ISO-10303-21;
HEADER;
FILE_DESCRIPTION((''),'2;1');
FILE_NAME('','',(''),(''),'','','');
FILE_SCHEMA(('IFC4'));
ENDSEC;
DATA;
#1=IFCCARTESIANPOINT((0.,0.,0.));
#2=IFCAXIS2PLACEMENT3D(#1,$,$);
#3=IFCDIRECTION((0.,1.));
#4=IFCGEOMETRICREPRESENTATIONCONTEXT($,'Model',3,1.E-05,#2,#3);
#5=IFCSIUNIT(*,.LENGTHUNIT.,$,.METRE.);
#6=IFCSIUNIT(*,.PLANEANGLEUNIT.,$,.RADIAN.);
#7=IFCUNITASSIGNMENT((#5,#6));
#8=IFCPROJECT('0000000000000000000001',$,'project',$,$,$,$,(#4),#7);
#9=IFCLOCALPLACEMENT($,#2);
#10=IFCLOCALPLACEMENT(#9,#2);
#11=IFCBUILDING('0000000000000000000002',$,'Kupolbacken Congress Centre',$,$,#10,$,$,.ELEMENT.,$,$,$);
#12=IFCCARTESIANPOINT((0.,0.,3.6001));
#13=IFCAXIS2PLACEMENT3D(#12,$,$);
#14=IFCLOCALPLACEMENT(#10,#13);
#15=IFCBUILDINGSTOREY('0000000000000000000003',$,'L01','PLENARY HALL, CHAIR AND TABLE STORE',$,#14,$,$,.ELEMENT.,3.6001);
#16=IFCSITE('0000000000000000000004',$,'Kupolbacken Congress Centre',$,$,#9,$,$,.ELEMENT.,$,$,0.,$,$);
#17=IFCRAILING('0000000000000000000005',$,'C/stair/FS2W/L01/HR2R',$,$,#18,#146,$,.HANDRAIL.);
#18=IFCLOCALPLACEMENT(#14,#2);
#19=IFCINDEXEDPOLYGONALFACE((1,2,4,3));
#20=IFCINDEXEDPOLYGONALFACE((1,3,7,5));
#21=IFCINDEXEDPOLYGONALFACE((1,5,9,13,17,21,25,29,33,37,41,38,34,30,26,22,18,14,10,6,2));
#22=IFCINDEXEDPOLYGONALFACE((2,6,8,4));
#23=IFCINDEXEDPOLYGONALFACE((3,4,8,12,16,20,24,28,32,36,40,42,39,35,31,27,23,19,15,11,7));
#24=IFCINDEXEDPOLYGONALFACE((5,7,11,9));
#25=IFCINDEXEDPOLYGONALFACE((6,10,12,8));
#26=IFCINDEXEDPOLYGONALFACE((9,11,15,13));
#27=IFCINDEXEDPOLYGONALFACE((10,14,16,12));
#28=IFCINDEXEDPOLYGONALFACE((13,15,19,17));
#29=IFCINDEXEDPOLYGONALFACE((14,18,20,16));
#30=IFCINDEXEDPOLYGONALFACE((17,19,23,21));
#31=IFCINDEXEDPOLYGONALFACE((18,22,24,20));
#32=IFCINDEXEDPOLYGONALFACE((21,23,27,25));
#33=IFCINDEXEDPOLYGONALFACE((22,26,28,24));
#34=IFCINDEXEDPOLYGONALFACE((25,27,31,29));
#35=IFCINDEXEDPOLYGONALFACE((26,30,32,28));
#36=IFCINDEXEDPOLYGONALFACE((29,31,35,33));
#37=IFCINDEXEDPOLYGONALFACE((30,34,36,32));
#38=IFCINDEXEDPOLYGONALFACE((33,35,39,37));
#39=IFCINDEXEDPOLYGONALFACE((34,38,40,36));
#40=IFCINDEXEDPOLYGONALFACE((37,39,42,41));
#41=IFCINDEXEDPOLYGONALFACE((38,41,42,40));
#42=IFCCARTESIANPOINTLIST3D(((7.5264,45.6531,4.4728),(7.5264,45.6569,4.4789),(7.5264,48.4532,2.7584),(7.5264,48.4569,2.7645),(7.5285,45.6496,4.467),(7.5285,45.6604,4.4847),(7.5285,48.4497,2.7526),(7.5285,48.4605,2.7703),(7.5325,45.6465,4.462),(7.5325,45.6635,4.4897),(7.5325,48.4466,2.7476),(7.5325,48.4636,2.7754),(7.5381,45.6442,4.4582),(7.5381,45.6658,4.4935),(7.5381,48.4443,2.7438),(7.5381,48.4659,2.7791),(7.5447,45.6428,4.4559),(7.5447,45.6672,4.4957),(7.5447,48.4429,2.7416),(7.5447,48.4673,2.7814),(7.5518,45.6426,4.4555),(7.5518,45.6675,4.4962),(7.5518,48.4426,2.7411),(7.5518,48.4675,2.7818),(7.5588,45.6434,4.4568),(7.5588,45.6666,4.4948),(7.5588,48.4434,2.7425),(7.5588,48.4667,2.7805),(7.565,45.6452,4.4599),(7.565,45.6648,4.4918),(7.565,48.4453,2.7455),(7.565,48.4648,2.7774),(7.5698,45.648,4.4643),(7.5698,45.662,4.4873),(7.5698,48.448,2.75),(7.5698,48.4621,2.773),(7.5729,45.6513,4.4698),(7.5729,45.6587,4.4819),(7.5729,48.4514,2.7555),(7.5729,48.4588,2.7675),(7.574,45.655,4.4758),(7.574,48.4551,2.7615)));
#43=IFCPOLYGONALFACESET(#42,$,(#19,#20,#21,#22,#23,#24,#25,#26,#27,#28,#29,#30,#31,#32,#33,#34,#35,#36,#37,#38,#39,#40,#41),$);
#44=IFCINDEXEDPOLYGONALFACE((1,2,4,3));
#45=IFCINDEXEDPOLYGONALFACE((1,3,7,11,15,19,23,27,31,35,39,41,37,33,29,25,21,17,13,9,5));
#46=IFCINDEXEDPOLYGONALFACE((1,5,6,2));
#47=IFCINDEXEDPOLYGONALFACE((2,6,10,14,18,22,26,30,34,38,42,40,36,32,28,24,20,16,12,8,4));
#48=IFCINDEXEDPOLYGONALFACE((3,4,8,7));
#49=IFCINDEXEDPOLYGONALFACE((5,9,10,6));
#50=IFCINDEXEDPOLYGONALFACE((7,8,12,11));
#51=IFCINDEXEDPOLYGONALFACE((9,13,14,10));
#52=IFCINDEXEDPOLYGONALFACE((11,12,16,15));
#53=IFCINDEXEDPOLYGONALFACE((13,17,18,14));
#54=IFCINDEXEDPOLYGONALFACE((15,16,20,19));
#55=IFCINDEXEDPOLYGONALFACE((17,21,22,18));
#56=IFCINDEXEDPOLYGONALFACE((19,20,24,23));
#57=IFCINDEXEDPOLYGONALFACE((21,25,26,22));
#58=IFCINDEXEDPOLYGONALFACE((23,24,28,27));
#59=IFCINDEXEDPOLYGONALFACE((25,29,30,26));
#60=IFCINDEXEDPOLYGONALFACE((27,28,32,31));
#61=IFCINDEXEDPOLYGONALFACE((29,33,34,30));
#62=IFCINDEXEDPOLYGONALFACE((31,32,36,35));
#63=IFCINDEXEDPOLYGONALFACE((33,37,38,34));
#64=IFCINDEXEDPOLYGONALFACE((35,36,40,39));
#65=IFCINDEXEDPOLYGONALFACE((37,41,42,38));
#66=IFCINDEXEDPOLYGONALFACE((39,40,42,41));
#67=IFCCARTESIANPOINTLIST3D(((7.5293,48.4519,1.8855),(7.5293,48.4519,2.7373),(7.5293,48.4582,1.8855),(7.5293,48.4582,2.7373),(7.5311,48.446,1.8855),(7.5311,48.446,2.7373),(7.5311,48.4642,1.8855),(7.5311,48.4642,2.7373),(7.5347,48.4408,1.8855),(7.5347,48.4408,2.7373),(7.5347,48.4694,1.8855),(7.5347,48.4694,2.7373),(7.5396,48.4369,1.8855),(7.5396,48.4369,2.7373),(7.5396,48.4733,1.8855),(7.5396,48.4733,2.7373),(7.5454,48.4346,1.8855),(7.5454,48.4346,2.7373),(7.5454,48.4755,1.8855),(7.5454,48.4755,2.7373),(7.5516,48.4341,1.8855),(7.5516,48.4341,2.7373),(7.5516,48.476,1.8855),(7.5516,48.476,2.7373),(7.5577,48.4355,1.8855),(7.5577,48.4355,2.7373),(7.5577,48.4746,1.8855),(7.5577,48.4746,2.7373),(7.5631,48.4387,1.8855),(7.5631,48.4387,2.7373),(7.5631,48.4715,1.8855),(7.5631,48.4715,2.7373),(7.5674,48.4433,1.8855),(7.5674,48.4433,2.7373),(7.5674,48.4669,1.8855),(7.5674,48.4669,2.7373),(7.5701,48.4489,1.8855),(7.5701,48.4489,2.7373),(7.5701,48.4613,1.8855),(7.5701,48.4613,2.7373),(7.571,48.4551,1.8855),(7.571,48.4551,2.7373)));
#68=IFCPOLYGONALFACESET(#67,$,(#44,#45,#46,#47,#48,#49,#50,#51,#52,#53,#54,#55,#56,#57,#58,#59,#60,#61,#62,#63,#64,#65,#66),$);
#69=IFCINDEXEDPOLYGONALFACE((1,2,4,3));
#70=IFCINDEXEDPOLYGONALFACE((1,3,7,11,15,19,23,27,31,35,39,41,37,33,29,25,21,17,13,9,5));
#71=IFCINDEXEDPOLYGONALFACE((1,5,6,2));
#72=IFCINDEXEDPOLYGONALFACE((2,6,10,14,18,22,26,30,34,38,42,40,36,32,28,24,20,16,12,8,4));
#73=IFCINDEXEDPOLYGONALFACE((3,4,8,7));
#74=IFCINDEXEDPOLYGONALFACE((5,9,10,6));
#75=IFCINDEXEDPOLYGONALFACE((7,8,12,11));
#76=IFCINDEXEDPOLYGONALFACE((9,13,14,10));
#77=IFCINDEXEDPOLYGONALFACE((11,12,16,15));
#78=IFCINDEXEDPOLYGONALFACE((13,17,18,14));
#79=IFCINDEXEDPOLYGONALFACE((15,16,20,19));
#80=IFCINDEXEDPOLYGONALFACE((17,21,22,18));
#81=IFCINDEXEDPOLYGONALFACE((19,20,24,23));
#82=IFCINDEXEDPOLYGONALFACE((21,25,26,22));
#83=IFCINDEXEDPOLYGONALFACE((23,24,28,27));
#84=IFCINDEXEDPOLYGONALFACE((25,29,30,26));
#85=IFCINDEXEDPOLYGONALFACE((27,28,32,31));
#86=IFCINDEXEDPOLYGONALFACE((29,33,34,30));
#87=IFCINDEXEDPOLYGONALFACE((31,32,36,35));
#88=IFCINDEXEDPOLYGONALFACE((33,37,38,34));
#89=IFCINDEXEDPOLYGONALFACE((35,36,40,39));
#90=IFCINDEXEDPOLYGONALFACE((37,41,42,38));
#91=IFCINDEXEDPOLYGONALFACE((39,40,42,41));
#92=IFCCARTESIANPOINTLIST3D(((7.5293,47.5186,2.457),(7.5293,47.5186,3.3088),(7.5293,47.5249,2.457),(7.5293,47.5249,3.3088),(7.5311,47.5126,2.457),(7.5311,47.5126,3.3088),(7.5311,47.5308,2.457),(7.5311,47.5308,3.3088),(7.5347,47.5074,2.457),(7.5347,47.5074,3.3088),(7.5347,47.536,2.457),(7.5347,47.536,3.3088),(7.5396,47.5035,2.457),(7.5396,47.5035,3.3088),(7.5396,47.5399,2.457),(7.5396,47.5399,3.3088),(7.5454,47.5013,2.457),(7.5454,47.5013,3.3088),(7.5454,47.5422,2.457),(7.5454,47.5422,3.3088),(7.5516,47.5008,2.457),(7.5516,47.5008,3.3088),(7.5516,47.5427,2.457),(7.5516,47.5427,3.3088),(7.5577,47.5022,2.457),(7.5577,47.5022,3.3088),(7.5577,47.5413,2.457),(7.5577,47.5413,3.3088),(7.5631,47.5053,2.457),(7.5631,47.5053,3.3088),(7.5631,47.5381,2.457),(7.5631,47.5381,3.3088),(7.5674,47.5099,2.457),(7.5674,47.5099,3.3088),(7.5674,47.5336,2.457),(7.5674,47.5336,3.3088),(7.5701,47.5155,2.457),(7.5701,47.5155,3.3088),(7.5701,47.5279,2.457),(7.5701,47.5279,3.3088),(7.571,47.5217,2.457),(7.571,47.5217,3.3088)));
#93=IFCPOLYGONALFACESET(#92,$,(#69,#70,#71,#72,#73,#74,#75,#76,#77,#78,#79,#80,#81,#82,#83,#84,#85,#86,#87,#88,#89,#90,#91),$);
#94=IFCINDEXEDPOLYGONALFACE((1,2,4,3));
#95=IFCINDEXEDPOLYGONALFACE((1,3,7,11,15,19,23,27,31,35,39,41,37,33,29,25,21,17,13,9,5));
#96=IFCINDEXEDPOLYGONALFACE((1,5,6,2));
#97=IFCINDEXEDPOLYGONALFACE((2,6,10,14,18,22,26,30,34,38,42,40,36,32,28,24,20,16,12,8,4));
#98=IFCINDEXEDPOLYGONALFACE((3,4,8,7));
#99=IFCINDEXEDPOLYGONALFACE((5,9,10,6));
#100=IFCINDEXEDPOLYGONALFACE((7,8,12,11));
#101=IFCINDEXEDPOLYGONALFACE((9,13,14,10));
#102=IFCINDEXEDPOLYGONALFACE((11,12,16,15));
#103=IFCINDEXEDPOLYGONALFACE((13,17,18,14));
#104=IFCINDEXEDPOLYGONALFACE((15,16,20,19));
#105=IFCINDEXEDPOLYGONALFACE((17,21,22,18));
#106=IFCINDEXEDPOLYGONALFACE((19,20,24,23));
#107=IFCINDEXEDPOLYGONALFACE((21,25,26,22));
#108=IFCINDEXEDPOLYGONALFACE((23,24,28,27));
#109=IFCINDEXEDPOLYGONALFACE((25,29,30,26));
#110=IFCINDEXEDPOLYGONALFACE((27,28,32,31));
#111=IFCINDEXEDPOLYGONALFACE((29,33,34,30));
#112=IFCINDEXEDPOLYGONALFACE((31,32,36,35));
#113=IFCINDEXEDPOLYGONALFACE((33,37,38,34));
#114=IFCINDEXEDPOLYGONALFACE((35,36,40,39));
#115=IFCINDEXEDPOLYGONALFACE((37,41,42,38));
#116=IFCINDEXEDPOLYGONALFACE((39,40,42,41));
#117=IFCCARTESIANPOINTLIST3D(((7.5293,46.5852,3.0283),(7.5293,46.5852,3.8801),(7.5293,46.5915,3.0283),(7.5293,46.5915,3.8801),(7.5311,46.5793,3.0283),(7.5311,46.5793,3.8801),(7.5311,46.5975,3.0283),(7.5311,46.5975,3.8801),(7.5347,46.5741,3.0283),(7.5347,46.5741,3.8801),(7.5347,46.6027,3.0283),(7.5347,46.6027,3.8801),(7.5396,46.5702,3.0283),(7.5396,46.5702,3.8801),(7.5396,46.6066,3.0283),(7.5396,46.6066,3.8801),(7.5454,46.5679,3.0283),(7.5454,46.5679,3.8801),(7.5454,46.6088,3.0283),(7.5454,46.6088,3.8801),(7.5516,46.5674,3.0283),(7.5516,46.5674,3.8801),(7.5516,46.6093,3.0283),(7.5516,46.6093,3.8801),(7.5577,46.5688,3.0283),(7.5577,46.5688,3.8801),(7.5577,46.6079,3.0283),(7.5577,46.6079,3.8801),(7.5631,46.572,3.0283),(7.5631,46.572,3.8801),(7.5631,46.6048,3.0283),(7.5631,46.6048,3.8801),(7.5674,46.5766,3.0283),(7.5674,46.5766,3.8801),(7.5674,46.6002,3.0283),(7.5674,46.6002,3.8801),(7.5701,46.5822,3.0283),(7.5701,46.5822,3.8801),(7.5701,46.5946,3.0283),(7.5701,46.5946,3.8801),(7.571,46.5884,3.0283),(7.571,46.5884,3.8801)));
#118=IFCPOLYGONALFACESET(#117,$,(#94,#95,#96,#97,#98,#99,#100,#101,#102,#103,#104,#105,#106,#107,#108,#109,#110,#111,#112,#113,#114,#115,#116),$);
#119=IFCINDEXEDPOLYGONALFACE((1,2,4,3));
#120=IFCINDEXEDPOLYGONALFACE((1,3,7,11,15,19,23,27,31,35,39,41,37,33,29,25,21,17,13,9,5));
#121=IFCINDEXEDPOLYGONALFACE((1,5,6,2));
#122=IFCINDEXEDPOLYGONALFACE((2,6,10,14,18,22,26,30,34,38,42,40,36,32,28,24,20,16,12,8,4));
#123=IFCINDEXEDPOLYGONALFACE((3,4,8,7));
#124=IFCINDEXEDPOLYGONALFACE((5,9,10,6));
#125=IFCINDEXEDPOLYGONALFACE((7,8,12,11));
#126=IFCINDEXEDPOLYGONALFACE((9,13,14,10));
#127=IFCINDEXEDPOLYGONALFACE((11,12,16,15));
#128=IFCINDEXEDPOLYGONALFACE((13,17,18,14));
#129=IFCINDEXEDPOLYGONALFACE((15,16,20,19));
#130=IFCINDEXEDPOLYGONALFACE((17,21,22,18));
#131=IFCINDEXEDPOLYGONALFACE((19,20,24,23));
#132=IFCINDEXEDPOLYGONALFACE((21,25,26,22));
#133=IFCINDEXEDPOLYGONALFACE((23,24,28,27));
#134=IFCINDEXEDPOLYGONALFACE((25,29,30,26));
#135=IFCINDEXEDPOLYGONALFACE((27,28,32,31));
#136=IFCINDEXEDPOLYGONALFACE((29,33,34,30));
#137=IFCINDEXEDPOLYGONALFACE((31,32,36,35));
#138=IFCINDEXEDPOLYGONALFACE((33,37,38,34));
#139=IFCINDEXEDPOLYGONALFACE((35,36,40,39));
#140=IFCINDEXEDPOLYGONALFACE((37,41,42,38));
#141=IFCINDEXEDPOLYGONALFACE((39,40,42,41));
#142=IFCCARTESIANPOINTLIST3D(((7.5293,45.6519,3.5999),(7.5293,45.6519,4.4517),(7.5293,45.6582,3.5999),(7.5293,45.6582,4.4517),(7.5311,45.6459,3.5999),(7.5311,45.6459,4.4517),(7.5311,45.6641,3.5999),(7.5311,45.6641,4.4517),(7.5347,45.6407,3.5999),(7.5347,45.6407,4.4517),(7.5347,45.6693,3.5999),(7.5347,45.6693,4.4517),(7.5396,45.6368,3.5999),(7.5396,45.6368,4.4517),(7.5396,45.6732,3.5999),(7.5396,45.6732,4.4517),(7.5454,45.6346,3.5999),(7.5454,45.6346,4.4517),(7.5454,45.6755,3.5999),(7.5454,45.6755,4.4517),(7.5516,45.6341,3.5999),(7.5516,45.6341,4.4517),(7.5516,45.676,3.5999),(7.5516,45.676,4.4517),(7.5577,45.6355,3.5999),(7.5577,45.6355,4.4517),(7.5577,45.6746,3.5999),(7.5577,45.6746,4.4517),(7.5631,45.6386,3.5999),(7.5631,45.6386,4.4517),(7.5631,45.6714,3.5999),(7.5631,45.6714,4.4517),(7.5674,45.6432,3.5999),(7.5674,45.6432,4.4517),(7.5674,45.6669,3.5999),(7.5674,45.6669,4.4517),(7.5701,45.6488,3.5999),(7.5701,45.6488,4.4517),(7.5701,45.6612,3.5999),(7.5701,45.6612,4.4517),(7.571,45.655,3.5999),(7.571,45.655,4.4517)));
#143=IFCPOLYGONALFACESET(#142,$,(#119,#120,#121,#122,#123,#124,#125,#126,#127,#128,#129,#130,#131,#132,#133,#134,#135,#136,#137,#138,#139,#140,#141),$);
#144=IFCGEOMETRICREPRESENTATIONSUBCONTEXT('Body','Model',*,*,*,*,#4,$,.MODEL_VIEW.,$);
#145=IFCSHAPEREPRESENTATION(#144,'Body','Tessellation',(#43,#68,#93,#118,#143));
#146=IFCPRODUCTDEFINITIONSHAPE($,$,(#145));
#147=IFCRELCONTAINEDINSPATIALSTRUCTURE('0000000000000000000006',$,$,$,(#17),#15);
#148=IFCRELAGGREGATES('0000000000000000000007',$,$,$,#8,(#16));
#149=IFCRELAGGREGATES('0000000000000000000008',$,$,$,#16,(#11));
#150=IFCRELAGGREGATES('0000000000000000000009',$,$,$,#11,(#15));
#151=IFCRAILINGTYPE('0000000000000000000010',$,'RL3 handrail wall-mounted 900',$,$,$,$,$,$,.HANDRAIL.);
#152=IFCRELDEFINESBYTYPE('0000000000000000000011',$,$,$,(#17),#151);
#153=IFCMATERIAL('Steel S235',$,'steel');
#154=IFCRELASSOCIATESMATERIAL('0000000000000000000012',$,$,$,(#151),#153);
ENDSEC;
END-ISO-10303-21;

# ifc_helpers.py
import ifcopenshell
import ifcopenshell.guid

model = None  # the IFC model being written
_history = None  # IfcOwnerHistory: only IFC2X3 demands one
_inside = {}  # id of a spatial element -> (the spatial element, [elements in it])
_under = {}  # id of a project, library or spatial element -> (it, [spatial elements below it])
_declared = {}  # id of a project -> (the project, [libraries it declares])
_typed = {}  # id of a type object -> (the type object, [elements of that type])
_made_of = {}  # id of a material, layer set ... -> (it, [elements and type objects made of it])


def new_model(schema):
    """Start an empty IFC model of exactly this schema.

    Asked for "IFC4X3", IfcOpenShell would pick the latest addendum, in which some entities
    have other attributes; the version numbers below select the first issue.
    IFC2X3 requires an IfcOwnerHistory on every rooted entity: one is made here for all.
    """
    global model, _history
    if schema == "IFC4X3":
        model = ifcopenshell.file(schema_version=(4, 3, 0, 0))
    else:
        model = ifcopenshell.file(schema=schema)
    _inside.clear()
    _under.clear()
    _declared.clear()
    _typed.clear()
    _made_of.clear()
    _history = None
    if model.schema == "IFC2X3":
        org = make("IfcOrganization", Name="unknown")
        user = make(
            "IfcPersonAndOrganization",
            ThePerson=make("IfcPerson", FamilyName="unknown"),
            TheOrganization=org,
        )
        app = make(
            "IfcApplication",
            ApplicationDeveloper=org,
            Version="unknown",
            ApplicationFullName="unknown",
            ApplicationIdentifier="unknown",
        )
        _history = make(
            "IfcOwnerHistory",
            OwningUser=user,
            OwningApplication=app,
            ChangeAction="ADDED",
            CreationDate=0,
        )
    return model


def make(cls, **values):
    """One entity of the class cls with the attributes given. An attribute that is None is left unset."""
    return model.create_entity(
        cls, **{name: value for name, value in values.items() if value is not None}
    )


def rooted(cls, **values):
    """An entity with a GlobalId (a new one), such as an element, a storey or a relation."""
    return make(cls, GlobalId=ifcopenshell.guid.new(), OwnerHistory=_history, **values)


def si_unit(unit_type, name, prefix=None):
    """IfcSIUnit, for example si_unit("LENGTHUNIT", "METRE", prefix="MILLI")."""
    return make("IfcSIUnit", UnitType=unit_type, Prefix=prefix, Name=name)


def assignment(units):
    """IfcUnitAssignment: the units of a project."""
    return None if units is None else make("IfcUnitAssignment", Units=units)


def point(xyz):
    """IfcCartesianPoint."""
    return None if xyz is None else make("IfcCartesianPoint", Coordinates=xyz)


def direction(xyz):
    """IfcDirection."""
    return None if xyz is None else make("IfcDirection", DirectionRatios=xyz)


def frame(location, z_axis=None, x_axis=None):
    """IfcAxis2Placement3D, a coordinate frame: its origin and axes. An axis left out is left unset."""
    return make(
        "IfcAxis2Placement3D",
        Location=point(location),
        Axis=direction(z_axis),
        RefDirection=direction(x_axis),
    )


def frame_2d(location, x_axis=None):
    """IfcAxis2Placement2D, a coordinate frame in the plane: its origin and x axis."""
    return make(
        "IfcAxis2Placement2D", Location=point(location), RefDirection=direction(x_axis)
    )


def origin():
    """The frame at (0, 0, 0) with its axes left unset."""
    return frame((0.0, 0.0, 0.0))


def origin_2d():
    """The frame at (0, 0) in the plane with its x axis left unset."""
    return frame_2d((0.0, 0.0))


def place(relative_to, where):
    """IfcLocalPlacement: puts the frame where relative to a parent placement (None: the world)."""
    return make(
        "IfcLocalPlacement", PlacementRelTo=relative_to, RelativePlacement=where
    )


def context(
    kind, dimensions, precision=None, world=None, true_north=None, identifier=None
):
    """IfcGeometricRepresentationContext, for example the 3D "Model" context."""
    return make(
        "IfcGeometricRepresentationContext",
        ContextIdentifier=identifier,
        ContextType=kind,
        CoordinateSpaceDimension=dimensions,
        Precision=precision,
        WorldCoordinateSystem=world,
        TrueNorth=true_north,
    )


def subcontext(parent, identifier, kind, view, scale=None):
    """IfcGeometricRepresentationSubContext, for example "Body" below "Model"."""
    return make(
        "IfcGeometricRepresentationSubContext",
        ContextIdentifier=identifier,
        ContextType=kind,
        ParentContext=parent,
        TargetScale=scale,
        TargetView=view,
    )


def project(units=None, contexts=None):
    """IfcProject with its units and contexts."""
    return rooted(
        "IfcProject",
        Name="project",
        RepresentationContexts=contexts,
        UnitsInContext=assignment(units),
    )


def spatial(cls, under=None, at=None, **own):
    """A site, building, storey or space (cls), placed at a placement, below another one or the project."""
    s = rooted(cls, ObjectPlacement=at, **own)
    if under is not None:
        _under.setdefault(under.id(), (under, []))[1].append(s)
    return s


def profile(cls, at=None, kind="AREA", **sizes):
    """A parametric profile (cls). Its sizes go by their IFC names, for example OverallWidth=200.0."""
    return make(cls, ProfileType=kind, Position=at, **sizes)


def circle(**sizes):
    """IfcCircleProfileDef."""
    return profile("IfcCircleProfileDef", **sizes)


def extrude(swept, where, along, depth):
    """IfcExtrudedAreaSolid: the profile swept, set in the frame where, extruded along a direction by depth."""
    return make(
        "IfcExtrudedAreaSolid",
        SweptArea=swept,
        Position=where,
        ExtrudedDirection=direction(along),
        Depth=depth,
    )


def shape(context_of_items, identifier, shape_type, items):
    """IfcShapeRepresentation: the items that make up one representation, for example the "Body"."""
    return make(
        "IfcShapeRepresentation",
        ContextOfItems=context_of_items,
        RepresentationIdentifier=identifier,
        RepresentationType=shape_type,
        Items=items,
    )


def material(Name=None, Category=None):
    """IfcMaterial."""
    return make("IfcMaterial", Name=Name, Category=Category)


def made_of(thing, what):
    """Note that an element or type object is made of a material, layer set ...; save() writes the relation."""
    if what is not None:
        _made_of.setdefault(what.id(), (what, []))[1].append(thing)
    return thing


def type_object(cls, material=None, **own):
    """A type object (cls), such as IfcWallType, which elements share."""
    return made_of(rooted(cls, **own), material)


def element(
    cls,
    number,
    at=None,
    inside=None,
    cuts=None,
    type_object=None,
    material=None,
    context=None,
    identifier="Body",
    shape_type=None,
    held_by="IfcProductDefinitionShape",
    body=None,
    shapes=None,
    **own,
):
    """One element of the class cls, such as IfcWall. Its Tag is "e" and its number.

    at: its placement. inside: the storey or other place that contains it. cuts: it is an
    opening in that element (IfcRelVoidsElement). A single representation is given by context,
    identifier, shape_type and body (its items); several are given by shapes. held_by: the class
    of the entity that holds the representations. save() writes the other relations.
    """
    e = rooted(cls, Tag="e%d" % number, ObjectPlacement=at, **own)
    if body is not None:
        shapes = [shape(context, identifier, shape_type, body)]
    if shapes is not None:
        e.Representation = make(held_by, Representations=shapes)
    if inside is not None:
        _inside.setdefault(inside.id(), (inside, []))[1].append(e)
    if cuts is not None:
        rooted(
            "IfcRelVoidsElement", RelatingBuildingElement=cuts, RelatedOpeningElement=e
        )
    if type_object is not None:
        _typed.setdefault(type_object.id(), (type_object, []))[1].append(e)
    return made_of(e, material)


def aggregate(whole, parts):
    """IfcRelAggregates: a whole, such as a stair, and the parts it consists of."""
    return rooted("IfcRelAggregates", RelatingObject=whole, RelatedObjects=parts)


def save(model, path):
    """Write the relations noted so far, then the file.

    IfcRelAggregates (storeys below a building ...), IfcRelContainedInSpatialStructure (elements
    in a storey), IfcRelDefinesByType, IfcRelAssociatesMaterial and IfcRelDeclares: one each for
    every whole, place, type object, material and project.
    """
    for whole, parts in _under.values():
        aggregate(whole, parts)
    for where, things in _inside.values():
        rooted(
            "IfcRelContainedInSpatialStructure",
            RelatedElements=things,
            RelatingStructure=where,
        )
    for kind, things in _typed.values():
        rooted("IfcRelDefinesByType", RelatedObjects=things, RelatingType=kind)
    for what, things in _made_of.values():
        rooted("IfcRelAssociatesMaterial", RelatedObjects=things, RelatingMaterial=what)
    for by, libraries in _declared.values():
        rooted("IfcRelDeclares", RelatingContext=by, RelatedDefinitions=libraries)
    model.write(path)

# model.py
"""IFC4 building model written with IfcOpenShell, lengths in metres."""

from ifc_helpers import new_model, si_unit, direction, frame, origin, origin_2d, place, context, subcontext, project, spatial, circle, extrude, material, type_object, element, save


model = new_model("IFC4")

# Units and contexts
model_context = context("Model", 3, precision=1e-05, world=origin(), true_north=direction((0.0, 1.0)))
body_context = subcontext(model_context, "Body", "Model", "MODEL_VIEW")
ifc_project = project(units=[si_unit("LENGTHUNIT", "METRE"), si_unit("PLANEANGLEUNIT", "RADIAN")], contexts=[model_context])

# Site, building, storey
site_placement = place(None, origin())
site = spatial("IfcSite", under=ifc_project, at=site_placement, Name="Kupolbacken Congress Centre", CompositionType="ELEMENT", RefElevation=0.0)
building_placement = place(site_placement, origin())
building = spatial("IfcBuilding", under=site, at=building_placement, Name="Kupolbacken Congress Centre", CompositionType="ELEMENT")
storey_placement = place(building_placement, frame((0.0, 0.0, 3.6001)))
storey = spatial("IfcBuildingStorey", under=building, at=storey_placement, Name="L01", Description="PLENARY HALL, CHAIR AND TABLE STORE", CompositionType="ELEMENT", Elevation=3.6001)

# Railing
ifc_material_1 = material(Name="Steel S235", Category="steel")
railing_type = type_object("IfcRailingType", Name="RL3 handrail wall-mounted 900", PredefinedType="HANDRAIL", material=ifc_material_1)
for number, where, name in (
    (1, (7.55, 48.4551, 1.8855), "C/stair/FS2W/L01/HR2R"),
):
    element("IfcRailing", number, at=place(storey_placement, frame(where)), inside=storey, type_object=railing_type, Name=name, PredefinedType="HANDRAIL", context=body_context, shape_type="SweptSolid", body=[
        extrude(circle(Radius=0.0239, at=origin_2d()), frame((0.0, 0.0, 0.876), z_axis=(0.0, -0.852846, 0.522163), x_axis=(1.0, 0.0, 0.0)), (0.0, 0.0, 1.0), 3.2832),
        extrude(circle(Radius=0.021, at=origin_2d()), origin(), (0.0, 0.0, 1.0), 0.8518),
        extrude(circle(Radius=0.021, at=origin_2d()), frame((0.0, -0.9333, 0.5715)), (0.0, 0.0, 1.0), 0.8518),
        extrude(circle(Radius=0.021, at=origin_2d()), frame((0.0, -1.8667, 1.1428)), (0.0, 0.0, 1.0), 0.8518),
        extrude(circle(Radius=0.021, at=origin_2d()), frame((0.0, -2.8, 1.7144)), (0.0, 0.0, 1.0), 0.8518),
    ])

save(model, "model.ifc")
